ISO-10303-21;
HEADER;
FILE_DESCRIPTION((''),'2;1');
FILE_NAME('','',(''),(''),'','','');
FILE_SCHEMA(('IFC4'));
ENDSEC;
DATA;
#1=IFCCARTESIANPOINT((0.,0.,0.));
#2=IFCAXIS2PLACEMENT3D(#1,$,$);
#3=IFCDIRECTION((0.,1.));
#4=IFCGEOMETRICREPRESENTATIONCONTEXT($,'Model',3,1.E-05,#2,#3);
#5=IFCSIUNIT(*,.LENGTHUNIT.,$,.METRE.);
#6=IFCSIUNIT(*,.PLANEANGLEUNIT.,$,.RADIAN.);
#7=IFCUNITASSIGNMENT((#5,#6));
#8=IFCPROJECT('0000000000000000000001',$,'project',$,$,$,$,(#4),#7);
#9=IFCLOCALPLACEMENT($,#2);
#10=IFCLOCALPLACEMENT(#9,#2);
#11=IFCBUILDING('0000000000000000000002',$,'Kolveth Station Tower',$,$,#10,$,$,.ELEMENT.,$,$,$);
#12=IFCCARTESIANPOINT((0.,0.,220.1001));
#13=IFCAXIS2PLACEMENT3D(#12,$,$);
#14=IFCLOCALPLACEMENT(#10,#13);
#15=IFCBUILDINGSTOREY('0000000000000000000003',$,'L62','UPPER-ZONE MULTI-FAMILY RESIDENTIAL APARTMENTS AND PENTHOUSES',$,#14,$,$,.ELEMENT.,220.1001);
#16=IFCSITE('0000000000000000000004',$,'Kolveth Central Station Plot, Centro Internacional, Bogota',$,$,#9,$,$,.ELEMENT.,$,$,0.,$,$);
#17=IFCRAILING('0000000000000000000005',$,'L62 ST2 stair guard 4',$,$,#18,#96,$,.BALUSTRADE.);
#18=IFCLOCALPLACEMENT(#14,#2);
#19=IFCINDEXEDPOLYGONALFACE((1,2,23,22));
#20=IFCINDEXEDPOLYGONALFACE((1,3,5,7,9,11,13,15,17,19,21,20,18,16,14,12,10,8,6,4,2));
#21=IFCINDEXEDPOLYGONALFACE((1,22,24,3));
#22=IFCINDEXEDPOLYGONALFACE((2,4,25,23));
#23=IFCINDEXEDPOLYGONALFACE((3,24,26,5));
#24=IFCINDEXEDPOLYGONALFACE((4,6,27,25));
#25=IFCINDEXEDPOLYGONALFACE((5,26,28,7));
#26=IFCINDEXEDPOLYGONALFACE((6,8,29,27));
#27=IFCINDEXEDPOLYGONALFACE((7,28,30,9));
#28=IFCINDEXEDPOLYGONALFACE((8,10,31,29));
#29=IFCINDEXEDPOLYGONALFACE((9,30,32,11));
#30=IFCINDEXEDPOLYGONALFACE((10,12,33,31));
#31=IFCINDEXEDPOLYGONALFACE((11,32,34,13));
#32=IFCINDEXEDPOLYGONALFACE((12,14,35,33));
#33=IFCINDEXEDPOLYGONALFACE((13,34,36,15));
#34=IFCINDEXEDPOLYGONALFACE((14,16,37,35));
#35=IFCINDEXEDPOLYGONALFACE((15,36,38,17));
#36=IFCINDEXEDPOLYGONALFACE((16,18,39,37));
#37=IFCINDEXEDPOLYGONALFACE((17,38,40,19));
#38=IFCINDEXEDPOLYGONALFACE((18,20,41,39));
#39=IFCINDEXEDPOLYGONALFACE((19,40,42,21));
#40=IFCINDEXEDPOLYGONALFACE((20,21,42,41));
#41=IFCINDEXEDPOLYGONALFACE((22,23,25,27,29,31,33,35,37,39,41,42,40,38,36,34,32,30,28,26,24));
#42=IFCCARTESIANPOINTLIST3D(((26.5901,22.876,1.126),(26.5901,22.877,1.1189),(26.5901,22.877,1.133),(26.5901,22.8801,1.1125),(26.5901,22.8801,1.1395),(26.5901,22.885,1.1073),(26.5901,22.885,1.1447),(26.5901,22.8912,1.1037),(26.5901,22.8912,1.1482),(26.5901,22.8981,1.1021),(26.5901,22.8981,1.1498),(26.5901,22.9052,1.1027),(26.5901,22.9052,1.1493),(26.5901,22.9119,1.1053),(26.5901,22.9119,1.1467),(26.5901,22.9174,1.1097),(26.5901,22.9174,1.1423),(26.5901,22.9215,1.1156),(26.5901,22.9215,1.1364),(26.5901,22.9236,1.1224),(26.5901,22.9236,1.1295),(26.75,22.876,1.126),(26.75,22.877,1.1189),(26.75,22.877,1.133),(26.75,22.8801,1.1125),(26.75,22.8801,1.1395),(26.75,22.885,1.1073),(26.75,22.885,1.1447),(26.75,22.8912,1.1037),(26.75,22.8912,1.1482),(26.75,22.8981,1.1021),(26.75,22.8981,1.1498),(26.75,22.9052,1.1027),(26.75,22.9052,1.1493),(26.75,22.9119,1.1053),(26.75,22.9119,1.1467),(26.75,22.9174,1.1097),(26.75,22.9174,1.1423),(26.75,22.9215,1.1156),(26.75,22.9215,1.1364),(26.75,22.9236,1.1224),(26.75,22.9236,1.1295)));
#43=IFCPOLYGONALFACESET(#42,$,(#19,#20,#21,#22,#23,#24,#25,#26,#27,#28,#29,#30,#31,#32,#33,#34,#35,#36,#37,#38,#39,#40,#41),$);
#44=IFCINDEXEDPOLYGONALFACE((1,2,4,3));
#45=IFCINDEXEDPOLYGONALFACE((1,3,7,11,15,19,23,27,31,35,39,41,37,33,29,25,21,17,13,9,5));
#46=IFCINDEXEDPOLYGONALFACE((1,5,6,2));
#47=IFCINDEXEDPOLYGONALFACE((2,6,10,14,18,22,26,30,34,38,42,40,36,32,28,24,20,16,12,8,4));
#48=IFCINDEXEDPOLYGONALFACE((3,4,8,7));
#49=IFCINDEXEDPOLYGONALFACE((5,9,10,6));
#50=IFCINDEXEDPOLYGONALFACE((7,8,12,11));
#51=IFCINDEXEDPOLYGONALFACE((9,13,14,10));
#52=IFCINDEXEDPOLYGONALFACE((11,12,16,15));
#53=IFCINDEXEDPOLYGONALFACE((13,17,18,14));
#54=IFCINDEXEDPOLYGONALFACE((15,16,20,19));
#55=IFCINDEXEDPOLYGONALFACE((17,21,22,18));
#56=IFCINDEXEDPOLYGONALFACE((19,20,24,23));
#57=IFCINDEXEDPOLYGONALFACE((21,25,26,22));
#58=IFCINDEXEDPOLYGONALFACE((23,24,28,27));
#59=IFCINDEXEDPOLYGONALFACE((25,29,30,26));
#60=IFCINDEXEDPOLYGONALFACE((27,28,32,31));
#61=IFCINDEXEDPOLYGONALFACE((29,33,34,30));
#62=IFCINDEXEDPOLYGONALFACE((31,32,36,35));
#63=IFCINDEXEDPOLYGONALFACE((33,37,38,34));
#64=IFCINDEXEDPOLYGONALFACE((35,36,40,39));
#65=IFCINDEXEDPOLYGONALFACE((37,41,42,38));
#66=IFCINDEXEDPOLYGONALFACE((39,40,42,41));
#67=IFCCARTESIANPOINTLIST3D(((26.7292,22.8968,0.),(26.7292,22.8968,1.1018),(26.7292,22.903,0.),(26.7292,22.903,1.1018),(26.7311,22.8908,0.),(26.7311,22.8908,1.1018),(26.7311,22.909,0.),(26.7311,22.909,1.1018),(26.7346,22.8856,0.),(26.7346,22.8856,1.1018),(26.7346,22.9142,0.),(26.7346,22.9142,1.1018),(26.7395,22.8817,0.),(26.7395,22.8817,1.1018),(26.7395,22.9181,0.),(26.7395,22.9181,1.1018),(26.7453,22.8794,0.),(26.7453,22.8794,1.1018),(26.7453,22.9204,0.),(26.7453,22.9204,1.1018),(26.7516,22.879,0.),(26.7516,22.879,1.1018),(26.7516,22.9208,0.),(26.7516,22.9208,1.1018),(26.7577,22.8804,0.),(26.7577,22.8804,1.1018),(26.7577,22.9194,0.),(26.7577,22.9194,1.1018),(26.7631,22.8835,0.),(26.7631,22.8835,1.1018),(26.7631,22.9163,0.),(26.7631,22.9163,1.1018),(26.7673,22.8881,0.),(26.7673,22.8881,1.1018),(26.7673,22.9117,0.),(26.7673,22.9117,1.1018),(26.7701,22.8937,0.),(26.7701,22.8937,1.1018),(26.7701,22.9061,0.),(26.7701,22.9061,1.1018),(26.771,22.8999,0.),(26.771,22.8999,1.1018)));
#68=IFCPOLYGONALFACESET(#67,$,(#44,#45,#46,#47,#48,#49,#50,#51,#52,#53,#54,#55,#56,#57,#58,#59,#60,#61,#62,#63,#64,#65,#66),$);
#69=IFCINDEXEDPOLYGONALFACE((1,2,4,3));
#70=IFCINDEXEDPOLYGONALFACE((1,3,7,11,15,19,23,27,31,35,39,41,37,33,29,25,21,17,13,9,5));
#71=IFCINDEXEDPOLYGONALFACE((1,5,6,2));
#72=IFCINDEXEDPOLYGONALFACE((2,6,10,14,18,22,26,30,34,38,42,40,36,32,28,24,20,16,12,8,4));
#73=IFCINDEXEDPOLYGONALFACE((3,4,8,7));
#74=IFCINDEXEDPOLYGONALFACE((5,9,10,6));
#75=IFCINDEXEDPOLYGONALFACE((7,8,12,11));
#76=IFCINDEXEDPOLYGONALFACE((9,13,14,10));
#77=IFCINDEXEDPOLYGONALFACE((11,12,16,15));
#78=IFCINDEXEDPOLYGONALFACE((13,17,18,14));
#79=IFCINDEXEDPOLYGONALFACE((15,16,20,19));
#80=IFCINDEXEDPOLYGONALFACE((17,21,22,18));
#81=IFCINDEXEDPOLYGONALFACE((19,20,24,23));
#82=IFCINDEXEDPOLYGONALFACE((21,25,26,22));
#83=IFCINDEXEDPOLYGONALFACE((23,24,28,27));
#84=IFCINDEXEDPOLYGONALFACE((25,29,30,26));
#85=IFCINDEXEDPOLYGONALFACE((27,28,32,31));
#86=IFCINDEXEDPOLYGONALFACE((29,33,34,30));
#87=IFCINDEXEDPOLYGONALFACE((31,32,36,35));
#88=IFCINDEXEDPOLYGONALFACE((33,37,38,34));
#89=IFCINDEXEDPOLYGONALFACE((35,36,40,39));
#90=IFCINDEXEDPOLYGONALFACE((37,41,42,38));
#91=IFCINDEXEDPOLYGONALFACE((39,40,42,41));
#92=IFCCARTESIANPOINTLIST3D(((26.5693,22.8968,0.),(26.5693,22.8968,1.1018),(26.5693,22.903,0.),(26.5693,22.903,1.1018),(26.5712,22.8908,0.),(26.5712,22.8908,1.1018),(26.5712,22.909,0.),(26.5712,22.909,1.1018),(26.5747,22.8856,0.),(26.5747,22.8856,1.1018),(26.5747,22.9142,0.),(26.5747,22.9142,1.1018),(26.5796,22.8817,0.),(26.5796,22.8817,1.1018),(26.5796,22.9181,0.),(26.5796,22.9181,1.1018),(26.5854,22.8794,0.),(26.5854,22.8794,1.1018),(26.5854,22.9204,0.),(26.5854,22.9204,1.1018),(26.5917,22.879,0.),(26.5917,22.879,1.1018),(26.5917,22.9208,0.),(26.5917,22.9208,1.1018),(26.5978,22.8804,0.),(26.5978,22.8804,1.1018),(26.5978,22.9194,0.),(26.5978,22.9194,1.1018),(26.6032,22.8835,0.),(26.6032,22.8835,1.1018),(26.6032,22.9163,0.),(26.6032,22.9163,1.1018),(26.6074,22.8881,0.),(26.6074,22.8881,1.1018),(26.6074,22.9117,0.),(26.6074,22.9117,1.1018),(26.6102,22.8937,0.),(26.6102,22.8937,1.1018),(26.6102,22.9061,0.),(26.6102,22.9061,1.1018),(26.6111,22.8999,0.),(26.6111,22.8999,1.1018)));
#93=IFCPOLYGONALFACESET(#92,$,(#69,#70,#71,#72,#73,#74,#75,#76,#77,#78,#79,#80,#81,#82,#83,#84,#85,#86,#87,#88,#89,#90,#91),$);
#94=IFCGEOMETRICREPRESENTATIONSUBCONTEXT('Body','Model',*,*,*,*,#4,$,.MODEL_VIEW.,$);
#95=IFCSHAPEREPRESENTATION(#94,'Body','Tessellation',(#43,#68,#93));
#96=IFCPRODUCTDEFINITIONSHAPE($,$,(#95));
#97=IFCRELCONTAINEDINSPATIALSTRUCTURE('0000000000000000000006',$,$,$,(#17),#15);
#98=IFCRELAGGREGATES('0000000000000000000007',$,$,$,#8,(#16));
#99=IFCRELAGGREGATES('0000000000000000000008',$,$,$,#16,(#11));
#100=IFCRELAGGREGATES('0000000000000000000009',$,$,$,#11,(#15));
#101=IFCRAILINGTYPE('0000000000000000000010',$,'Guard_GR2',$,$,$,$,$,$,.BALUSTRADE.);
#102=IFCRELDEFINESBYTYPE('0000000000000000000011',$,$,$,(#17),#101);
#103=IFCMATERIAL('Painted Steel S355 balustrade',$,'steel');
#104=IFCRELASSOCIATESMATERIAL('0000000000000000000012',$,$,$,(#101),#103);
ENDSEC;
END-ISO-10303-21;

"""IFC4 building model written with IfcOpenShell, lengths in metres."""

from ifc_helpers import new_model, si_unit, direction, frame, origin, origin_2d, place, context, subcontext, project, spatial, circle, extrude, material, type_object, element, save


model = new_model("IFC4")

# Units and contexts
model_context = context("Model", 3, precision=1e-05, world=origin(), true_north=direction((0.0, 1.0)))
body_context = subcontext(model_context, "Body", "Model", "MODEL_VIEW")
ifc_project = project(units=[si_unit("LENGTHUNIT", "METRE"), si_unit("PLANEANGLEUNIT", "RADIAN")], contexts=[model_context])

# Site, building, storey
site_placement = place(None, origin())
site = spatial("IfcSite", under=ifc_project, at=site_placement, Name="Kolveth Central Station Plot, Centro Internacional, Bogota", CompositionType="ELEMENT", RefElevation=0.0)
building_placement = place(site_placement, origin())
building = spatial("IfcBuilding", under=site, at=building_placement, Name="Kolveth Station Tower", CompositionType="ELEMENT")
storey_placement = place(building_placement, frame((0.0, 0.0, 220.1001)))
storey = spatial("IfcBuildingStorey", under=building, at=storey_placement, Name="L62", Description="UPPER-ZONE MULTI-FAMILY RESIDENTIAL APARTMENTS AND PENTHOUSES", CompositionType="ELEMENT", Elevation=220.1001)

# Railing
ifc_material_1 = material(Name="Painted Steel S355 balustrade", Category="steel")
railing_type_1 = type_object("IfcRailingType", Name="Guard_GR2", PredefinedType="BALUSTRADE", material=ifc_material_1)
railing_placement = place(storey_placement, frame((26.75, 22.8999, 0.0)))
element("IfcRailing", 1, at=railing_placement, inside=storey, type_object=railing_type_1, Name="L62 ST2 stair guard 4", PredefinedType="BALUSTRADE", context=body_context, shape_type="SweptSolid", body=[
    extrude(circle(Radius=0.0239, at=origin_2d()), frame((0.0, 0.0, 1.126), z_axis=(-1.0, 0.0, 0.0), x_axis=(0.0, -1.0, 0.0)), (0.0, 0.0, 1.0), 0.1599),
    extrude(circle(Radius=0.021, at=origin_2d()), origin(), (0.0, 0.0, 1.0), 1.1018),
    extrude(circle(Radius=0.021, at=origin_2d()), frame((-0.1599, 0.0, 0.0)), (0.0, 0.0, 1.0), 1.1018),
])

save(model, "model.ifc")
